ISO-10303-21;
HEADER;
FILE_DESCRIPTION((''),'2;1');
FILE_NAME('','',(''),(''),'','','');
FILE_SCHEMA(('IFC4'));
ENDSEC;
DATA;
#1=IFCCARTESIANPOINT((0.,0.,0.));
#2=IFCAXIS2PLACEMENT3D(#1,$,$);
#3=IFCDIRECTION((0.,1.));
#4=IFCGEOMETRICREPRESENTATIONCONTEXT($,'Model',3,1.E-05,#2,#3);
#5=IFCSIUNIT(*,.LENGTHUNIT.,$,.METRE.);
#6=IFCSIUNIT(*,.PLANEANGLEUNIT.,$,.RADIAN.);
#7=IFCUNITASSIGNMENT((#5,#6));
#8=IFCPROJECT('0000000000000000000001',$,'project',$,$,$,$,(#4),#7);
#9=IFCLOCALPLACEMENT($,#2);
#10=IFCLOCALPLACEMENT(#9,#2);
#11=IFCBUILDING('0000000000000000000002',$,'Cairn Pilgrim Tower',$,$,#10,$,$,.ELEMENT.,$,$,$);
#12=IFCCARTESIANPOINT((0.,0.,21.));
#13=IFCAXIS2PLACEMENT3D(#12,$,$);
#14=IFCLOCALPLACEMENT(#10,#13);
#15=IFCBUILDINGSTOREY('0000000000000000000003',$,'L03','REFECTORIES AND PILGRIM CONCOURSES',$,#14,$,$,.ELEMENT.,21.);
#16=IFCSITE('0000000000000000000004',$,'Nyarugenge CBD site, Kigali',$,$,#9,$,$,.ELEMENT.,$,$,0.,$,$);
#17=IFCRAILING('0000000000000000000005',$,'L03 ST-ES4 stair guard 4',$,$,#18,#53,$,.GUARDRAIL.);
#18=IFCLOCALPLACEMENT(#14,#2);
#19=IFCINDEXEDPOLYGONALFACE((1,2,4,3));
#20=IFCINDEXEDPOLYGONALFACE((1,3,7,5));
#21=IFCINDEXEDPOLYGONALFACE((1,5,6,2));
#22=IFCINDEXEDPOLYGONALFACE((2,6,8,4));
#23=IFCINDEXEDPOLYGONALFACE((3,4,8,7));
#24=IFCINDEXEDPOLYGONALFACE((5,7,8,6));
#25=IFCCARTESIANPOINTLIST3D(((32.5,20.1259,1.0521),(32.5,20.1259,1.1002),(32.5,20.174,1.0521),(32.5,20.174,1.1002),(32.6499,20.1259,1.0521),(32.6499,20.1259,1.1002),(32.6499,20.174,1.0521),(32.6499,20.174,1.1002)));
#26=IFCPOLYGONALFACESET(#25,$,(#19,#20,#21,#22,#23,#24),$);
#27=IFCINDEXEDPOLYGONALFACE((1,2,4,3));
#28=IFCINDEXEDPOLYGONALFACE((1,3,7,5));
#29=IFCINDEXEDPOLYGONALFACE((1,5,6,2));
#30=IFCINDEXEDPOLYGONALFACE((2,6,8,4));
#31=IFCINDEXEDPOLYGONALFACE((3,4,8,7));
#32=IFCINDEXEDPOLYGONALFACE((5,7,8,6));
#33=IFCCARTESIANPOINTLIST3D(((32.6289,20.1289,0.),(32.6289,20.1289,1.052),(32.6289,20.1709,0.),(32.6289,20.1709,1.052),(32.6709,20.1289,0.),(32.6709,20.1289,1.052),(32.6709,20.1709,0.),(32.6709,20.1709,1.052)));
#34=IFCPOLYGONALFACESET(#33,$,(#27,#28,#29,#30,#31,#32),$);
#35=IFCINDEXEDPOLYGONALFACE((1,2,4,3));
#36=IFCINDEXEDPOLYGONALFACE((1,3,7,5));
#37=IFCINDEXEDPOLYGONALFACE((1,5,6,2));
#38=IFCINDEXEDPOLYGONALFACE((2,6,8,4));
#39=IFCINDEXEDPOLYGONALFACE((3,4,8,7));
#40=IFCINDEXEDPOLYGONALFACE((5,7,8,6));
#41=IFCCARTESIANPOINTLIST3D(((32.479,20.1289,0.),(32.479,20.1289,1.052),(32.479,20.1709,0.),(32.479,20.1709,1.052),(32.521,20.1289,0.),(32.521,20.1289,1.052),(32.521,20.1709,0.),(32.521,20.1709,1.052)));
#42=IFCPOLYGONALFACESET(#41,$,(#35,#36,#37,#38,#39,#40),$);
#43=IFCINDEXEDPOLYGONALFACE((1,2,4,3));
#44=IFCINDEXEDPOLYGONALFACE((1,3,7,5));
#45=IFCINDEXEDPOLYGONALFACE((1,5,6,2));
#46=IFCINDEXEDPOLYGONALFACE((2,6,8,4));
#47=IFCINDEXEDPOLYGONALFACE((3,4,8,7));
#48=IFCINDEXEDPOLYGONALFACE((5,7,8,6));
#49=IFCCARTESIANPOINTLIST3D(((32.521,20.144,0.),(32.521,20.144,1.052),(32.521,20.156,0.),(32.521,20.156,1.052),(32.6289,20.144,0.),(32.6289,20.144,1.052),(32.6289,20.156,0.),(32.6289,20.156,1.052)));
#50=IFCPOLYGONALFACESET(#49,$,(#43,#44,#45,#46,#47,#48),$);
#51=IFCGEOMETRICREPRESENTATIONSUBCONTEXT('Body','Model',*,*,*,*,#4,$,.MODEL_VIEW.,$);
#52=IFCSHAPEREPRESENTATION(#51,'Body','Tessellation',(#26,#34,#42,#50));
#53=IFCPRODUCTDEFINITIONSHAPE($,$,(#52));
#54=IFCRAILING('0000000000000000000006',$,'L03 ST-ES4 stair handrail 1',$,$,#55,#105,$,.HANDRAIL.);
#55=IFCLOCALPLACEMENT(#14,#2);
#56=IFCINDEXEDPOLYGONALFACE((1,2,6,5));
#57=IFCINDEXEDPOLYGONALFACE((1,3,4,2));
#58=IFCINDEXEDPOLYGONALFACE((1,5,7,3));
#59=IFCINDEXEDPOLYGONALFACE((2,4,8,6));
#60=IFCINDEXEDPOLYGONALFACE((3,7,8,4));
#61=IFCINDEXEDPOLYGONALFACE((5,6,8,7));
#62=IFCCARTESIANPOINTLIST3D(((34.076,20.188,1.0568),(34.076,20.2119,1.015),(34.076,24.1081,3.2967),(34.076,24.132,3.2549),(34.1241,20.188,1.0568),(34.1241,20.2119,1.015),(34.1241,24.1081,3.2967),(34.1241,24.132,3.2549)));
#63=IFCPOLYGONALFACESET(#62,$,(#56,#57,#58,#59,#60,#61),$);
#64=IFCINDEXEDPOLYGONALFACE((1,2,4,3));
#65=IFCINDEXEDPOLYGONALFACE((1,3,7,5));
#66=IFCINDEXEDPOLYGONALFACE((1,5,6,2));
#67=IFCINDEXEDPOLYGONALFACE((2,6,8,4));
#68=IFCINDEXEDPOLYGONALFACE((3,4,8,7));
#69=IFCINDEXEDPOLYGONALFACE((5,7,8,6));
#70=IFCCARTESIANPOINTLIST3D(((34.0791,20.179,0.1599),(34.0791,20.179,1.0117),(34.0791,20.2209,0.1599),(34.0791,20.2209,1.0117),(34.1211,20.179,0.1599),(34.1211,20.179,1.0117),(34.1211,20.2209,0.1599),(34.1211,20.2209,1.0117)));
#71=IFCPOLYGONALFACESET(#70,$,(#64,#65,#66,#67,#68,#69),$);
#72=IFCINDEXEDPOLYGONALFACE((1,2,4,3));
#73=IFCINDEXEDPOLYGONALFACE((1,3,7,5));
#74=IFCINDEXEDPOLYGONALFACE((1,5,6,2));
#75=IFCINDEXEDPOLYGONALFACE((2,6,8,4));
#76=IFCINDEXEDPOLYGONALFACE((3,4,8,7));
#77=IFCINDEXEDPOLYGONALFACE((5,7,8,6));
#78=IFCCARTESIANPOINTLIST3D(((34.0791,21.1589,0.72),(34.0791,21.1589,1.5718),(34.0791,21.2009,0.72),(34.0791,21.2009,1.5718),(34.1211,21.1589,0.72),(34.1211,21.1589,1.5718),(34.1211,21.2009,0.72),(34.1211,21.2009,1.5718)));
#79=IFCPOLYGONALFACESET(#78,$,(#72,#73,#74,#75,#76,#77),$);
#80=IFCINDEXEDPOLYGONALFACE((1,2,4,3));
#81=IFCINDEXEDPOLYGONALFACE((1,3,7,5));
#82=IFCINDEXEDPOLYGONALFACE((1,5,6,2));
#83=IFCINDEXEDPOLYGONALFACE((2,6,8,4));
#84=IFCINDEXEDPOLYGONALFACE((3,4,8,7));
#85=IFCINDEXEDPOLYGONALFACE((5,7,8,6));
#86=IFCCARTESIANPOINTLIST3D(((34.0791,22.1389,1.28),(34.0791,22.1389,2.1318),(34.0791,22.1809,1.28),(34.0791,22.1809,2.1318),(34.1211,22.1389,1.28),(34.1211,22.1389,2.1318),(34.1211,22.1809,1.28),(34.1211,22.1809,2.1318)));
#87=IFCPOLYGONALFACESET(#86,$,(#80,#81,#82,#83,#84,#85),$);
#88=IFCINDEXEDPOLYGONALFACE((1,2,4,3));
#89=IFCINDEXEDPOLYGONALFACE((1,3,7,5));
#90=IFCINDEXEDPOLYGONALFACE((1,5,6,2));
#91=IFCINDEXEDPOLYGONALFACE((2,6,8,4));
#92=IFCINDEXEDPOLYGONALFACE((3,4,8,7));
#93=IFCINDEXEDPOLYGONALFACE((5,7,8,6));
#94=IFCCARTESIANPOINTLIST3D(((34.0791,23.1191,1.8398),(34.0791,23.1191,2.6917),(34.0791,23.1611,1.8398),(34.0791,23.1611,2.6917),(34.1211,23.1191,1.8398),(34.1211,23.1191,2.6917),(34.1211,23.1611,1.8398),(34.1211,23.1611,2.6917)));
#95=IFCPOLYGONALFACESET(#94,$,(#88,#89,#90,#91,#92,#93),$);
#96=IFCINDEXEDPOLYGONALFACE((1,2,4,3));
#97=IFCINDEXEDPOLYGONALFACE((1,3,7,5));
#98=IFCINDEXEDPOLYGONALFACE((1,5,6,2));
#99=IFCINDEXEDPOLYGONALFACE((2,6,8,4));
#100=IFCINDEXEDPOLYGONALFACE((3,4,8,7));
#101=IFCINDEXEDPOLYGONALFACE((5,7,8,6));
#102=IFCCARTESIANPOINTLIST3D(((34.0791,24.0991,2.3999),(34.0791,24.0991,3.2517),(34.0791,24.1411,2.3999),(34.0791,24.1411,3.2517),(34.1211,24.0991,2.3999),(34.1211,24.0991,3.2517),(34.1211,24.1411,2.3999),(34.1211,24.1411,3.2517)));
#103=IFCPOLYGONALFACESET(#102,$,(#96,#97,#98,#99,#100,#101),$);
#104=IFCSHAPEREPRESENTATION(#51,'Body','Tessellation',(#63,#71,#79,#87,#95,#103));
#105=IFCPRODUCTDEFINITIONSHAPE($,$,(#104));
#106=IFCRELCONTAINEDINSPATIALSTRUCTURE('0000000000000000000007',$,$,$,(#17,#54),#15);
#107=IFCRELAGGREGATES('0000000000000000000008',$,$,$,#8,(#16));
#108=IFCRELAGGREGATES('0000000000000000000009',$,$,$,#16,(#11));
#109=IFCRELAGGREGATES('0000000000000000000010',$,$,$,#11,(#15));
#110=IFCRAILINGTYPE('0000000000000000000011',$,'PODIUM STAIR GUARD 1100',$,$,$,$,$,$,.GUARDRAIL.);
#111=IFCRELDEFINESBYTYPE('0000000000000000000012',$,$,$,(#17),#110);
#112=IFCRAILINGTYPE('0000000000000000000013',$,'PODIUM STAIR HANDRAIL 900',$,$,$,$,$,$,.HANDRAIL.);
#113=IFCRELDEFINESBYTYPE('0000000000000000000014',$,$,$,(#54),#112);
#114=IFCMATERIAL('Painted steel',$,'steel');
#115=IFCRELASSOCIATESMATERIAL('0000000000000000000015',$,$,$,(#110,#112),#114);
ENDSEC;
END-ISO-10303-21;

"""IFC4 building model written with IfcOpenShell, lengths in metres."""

from ifc_helpers import new_model, si_unit, direction, frame, origin, origin_2d, place, context, subcontext, project, spatial, polyline, rectangle, outline, extrude, material, type_object, element, save


model = new_model("IFC4")

# Units and contexts
model_context = context("Model", 3, precision=1e-05, world=origin(), true_north=direction((0.0, 1.0)))
body_context = subcontext(model_context, "Body", "Model", "MODEL_VIEW")
ifc_project = project(units=[si_unit("LENGTHUNIT", "METRE"), si_unit("PLANEANGLEUNIT", "RADIAN")], contexts=[model_context])

# Site, building, storey
site_placement = place(None, origin())
site = spatial("IfcSite", under=ifc_project, at=site_placement, Name="Nyarugenge CBD site, Kigali", CompositionType="ELEMENT", RefElevation=0.0)
building_placement = place(site_placement, origin())
building = spatial("IfcBuilding", under=site, at=building_placement, Name="Cairn Pilgrim Tower", CompositionType="ELEMENT")
storey_placement = place(building_placement, frame((0.0, 0.0, 21.0)))
storey = spatial("IfcBuildingStorey", under=building, at=storey_placement, Name="L03", Description="REFECTORIES AND PILGRIM CONCOURSES", CompositionType="ELEMENT", Elevation=21.0)

# Railings
ifc_material_1 = material(Name="Painted steel", Category="steel")
railing_type_1 = type_object("IfcRailingType", Name="PODIUM STAIR GUARD 1100", PredefinedType="GUARDRAIL", material=ifc_material_1)
railing_1_placement = place(storey_placement, frame((32.6499, 20.1499, 0.0)))
element("IfcRailing", 1, at=railing_1_placement, inside=storey, type_object=railing_type_1, Name="L03 ST-ES4 stair guard 4", PredefinedType="GUARDRAIL", context=body_context, shape_type="SweptSolid", body=[
    extrude(rectangle(XDim=0.0481, YDim=0.0481, at=origin_2d()), frame((0.0, 0.0, 1.0762), z_axis=(-1.0, 0.0, 0.0), x_axis=(0.0, -1.0, 0.0)), (0.0, 0.0, 1.0), 0.1499),
    extrude(rectangle(XDim=0.042, YDim=0.042, at=origin_2d()), origin(), (0.0, 0.0, 1.0), 1.052),
    extrude(rectangle(XDim=0.042, YDim=0.042, at=origin_2d()), frame((-0.1499, 0.0, 0.0)), (0.0, 0.0, 1.0), 1.052),
    extrude(outline(polyline([(0.021, 0.0), (0.1289, 0.0), (0.1289, 1.052), (0.021, 1.052), (0.021, 0.0)])), frame((0.0, -0.0059, 0.0), z_axis=(0.0, 1.0, 0.0), x_axis=(-1.0, 0.0, 0.0)), (0.0, 0.0, 1.0), 0.012),
])
railing_type_2 = type_object("IfcRailingType", Name="PODIUM STAIR HANDRAIL 900", PredefinedType="HANDRAIL", material=ifc_material_1)
railing_2_placement = place(storey_placement, frame((34.1001, 20.2, 0.1599)))
element("IfcRailing", 2, at=railing_2_placement, inside=storey, type_object=railing_type_2, Name="L03 ST-ES4 stair handrail 1", PredefinedType="HANDRAIL", context=body_context, shape_type="SweptSolid", body=[
    extrude(rectangle(XDim=0.0481, YDim=0.0481, at=origin_2d()), frame((0.0, 0.0, 0.876), z_axis=(0.0, 0.868253, 0.496121), x_axis=(-1.0, 0.0, 0.0)), (0.0, 0.0, 1.0), 4.5149),
    extrude(rectangle(XDim=0.042, YDim=0.042, at=origin_2d()), origin(), (0.0, 0.0, 1.0), 0.8518),
    extrude(rectangle(XDim=0.042, YDim=0.042, at=origin_2d()), frame((0.0, 0.98, 0.5601)), (0.0, 0.0, 1.0), 0.8518),
    extrude(rectangle(XDim=0.042, YDim=0.042, at=origin_2d()), frame((0.0, 1.96, 1.1201)), (0.0, 0.0, 1.0), 0.8518),
    extrude(rectangle(XDim=0.042, YDim=0.042, at=origin_2d()), frame((0.0, 2.9402, 1.6799)), (0.0, 0.0, 1.0), 0.8518),
    extrude(rectangle(XDim=0.042, YDim=0.042, at=origin_2d()), frame((0.0, 3.9202, 2.24)), (0.0, 0.0, 1.0), 0.8518),
])

save(model, "model.ifc")
